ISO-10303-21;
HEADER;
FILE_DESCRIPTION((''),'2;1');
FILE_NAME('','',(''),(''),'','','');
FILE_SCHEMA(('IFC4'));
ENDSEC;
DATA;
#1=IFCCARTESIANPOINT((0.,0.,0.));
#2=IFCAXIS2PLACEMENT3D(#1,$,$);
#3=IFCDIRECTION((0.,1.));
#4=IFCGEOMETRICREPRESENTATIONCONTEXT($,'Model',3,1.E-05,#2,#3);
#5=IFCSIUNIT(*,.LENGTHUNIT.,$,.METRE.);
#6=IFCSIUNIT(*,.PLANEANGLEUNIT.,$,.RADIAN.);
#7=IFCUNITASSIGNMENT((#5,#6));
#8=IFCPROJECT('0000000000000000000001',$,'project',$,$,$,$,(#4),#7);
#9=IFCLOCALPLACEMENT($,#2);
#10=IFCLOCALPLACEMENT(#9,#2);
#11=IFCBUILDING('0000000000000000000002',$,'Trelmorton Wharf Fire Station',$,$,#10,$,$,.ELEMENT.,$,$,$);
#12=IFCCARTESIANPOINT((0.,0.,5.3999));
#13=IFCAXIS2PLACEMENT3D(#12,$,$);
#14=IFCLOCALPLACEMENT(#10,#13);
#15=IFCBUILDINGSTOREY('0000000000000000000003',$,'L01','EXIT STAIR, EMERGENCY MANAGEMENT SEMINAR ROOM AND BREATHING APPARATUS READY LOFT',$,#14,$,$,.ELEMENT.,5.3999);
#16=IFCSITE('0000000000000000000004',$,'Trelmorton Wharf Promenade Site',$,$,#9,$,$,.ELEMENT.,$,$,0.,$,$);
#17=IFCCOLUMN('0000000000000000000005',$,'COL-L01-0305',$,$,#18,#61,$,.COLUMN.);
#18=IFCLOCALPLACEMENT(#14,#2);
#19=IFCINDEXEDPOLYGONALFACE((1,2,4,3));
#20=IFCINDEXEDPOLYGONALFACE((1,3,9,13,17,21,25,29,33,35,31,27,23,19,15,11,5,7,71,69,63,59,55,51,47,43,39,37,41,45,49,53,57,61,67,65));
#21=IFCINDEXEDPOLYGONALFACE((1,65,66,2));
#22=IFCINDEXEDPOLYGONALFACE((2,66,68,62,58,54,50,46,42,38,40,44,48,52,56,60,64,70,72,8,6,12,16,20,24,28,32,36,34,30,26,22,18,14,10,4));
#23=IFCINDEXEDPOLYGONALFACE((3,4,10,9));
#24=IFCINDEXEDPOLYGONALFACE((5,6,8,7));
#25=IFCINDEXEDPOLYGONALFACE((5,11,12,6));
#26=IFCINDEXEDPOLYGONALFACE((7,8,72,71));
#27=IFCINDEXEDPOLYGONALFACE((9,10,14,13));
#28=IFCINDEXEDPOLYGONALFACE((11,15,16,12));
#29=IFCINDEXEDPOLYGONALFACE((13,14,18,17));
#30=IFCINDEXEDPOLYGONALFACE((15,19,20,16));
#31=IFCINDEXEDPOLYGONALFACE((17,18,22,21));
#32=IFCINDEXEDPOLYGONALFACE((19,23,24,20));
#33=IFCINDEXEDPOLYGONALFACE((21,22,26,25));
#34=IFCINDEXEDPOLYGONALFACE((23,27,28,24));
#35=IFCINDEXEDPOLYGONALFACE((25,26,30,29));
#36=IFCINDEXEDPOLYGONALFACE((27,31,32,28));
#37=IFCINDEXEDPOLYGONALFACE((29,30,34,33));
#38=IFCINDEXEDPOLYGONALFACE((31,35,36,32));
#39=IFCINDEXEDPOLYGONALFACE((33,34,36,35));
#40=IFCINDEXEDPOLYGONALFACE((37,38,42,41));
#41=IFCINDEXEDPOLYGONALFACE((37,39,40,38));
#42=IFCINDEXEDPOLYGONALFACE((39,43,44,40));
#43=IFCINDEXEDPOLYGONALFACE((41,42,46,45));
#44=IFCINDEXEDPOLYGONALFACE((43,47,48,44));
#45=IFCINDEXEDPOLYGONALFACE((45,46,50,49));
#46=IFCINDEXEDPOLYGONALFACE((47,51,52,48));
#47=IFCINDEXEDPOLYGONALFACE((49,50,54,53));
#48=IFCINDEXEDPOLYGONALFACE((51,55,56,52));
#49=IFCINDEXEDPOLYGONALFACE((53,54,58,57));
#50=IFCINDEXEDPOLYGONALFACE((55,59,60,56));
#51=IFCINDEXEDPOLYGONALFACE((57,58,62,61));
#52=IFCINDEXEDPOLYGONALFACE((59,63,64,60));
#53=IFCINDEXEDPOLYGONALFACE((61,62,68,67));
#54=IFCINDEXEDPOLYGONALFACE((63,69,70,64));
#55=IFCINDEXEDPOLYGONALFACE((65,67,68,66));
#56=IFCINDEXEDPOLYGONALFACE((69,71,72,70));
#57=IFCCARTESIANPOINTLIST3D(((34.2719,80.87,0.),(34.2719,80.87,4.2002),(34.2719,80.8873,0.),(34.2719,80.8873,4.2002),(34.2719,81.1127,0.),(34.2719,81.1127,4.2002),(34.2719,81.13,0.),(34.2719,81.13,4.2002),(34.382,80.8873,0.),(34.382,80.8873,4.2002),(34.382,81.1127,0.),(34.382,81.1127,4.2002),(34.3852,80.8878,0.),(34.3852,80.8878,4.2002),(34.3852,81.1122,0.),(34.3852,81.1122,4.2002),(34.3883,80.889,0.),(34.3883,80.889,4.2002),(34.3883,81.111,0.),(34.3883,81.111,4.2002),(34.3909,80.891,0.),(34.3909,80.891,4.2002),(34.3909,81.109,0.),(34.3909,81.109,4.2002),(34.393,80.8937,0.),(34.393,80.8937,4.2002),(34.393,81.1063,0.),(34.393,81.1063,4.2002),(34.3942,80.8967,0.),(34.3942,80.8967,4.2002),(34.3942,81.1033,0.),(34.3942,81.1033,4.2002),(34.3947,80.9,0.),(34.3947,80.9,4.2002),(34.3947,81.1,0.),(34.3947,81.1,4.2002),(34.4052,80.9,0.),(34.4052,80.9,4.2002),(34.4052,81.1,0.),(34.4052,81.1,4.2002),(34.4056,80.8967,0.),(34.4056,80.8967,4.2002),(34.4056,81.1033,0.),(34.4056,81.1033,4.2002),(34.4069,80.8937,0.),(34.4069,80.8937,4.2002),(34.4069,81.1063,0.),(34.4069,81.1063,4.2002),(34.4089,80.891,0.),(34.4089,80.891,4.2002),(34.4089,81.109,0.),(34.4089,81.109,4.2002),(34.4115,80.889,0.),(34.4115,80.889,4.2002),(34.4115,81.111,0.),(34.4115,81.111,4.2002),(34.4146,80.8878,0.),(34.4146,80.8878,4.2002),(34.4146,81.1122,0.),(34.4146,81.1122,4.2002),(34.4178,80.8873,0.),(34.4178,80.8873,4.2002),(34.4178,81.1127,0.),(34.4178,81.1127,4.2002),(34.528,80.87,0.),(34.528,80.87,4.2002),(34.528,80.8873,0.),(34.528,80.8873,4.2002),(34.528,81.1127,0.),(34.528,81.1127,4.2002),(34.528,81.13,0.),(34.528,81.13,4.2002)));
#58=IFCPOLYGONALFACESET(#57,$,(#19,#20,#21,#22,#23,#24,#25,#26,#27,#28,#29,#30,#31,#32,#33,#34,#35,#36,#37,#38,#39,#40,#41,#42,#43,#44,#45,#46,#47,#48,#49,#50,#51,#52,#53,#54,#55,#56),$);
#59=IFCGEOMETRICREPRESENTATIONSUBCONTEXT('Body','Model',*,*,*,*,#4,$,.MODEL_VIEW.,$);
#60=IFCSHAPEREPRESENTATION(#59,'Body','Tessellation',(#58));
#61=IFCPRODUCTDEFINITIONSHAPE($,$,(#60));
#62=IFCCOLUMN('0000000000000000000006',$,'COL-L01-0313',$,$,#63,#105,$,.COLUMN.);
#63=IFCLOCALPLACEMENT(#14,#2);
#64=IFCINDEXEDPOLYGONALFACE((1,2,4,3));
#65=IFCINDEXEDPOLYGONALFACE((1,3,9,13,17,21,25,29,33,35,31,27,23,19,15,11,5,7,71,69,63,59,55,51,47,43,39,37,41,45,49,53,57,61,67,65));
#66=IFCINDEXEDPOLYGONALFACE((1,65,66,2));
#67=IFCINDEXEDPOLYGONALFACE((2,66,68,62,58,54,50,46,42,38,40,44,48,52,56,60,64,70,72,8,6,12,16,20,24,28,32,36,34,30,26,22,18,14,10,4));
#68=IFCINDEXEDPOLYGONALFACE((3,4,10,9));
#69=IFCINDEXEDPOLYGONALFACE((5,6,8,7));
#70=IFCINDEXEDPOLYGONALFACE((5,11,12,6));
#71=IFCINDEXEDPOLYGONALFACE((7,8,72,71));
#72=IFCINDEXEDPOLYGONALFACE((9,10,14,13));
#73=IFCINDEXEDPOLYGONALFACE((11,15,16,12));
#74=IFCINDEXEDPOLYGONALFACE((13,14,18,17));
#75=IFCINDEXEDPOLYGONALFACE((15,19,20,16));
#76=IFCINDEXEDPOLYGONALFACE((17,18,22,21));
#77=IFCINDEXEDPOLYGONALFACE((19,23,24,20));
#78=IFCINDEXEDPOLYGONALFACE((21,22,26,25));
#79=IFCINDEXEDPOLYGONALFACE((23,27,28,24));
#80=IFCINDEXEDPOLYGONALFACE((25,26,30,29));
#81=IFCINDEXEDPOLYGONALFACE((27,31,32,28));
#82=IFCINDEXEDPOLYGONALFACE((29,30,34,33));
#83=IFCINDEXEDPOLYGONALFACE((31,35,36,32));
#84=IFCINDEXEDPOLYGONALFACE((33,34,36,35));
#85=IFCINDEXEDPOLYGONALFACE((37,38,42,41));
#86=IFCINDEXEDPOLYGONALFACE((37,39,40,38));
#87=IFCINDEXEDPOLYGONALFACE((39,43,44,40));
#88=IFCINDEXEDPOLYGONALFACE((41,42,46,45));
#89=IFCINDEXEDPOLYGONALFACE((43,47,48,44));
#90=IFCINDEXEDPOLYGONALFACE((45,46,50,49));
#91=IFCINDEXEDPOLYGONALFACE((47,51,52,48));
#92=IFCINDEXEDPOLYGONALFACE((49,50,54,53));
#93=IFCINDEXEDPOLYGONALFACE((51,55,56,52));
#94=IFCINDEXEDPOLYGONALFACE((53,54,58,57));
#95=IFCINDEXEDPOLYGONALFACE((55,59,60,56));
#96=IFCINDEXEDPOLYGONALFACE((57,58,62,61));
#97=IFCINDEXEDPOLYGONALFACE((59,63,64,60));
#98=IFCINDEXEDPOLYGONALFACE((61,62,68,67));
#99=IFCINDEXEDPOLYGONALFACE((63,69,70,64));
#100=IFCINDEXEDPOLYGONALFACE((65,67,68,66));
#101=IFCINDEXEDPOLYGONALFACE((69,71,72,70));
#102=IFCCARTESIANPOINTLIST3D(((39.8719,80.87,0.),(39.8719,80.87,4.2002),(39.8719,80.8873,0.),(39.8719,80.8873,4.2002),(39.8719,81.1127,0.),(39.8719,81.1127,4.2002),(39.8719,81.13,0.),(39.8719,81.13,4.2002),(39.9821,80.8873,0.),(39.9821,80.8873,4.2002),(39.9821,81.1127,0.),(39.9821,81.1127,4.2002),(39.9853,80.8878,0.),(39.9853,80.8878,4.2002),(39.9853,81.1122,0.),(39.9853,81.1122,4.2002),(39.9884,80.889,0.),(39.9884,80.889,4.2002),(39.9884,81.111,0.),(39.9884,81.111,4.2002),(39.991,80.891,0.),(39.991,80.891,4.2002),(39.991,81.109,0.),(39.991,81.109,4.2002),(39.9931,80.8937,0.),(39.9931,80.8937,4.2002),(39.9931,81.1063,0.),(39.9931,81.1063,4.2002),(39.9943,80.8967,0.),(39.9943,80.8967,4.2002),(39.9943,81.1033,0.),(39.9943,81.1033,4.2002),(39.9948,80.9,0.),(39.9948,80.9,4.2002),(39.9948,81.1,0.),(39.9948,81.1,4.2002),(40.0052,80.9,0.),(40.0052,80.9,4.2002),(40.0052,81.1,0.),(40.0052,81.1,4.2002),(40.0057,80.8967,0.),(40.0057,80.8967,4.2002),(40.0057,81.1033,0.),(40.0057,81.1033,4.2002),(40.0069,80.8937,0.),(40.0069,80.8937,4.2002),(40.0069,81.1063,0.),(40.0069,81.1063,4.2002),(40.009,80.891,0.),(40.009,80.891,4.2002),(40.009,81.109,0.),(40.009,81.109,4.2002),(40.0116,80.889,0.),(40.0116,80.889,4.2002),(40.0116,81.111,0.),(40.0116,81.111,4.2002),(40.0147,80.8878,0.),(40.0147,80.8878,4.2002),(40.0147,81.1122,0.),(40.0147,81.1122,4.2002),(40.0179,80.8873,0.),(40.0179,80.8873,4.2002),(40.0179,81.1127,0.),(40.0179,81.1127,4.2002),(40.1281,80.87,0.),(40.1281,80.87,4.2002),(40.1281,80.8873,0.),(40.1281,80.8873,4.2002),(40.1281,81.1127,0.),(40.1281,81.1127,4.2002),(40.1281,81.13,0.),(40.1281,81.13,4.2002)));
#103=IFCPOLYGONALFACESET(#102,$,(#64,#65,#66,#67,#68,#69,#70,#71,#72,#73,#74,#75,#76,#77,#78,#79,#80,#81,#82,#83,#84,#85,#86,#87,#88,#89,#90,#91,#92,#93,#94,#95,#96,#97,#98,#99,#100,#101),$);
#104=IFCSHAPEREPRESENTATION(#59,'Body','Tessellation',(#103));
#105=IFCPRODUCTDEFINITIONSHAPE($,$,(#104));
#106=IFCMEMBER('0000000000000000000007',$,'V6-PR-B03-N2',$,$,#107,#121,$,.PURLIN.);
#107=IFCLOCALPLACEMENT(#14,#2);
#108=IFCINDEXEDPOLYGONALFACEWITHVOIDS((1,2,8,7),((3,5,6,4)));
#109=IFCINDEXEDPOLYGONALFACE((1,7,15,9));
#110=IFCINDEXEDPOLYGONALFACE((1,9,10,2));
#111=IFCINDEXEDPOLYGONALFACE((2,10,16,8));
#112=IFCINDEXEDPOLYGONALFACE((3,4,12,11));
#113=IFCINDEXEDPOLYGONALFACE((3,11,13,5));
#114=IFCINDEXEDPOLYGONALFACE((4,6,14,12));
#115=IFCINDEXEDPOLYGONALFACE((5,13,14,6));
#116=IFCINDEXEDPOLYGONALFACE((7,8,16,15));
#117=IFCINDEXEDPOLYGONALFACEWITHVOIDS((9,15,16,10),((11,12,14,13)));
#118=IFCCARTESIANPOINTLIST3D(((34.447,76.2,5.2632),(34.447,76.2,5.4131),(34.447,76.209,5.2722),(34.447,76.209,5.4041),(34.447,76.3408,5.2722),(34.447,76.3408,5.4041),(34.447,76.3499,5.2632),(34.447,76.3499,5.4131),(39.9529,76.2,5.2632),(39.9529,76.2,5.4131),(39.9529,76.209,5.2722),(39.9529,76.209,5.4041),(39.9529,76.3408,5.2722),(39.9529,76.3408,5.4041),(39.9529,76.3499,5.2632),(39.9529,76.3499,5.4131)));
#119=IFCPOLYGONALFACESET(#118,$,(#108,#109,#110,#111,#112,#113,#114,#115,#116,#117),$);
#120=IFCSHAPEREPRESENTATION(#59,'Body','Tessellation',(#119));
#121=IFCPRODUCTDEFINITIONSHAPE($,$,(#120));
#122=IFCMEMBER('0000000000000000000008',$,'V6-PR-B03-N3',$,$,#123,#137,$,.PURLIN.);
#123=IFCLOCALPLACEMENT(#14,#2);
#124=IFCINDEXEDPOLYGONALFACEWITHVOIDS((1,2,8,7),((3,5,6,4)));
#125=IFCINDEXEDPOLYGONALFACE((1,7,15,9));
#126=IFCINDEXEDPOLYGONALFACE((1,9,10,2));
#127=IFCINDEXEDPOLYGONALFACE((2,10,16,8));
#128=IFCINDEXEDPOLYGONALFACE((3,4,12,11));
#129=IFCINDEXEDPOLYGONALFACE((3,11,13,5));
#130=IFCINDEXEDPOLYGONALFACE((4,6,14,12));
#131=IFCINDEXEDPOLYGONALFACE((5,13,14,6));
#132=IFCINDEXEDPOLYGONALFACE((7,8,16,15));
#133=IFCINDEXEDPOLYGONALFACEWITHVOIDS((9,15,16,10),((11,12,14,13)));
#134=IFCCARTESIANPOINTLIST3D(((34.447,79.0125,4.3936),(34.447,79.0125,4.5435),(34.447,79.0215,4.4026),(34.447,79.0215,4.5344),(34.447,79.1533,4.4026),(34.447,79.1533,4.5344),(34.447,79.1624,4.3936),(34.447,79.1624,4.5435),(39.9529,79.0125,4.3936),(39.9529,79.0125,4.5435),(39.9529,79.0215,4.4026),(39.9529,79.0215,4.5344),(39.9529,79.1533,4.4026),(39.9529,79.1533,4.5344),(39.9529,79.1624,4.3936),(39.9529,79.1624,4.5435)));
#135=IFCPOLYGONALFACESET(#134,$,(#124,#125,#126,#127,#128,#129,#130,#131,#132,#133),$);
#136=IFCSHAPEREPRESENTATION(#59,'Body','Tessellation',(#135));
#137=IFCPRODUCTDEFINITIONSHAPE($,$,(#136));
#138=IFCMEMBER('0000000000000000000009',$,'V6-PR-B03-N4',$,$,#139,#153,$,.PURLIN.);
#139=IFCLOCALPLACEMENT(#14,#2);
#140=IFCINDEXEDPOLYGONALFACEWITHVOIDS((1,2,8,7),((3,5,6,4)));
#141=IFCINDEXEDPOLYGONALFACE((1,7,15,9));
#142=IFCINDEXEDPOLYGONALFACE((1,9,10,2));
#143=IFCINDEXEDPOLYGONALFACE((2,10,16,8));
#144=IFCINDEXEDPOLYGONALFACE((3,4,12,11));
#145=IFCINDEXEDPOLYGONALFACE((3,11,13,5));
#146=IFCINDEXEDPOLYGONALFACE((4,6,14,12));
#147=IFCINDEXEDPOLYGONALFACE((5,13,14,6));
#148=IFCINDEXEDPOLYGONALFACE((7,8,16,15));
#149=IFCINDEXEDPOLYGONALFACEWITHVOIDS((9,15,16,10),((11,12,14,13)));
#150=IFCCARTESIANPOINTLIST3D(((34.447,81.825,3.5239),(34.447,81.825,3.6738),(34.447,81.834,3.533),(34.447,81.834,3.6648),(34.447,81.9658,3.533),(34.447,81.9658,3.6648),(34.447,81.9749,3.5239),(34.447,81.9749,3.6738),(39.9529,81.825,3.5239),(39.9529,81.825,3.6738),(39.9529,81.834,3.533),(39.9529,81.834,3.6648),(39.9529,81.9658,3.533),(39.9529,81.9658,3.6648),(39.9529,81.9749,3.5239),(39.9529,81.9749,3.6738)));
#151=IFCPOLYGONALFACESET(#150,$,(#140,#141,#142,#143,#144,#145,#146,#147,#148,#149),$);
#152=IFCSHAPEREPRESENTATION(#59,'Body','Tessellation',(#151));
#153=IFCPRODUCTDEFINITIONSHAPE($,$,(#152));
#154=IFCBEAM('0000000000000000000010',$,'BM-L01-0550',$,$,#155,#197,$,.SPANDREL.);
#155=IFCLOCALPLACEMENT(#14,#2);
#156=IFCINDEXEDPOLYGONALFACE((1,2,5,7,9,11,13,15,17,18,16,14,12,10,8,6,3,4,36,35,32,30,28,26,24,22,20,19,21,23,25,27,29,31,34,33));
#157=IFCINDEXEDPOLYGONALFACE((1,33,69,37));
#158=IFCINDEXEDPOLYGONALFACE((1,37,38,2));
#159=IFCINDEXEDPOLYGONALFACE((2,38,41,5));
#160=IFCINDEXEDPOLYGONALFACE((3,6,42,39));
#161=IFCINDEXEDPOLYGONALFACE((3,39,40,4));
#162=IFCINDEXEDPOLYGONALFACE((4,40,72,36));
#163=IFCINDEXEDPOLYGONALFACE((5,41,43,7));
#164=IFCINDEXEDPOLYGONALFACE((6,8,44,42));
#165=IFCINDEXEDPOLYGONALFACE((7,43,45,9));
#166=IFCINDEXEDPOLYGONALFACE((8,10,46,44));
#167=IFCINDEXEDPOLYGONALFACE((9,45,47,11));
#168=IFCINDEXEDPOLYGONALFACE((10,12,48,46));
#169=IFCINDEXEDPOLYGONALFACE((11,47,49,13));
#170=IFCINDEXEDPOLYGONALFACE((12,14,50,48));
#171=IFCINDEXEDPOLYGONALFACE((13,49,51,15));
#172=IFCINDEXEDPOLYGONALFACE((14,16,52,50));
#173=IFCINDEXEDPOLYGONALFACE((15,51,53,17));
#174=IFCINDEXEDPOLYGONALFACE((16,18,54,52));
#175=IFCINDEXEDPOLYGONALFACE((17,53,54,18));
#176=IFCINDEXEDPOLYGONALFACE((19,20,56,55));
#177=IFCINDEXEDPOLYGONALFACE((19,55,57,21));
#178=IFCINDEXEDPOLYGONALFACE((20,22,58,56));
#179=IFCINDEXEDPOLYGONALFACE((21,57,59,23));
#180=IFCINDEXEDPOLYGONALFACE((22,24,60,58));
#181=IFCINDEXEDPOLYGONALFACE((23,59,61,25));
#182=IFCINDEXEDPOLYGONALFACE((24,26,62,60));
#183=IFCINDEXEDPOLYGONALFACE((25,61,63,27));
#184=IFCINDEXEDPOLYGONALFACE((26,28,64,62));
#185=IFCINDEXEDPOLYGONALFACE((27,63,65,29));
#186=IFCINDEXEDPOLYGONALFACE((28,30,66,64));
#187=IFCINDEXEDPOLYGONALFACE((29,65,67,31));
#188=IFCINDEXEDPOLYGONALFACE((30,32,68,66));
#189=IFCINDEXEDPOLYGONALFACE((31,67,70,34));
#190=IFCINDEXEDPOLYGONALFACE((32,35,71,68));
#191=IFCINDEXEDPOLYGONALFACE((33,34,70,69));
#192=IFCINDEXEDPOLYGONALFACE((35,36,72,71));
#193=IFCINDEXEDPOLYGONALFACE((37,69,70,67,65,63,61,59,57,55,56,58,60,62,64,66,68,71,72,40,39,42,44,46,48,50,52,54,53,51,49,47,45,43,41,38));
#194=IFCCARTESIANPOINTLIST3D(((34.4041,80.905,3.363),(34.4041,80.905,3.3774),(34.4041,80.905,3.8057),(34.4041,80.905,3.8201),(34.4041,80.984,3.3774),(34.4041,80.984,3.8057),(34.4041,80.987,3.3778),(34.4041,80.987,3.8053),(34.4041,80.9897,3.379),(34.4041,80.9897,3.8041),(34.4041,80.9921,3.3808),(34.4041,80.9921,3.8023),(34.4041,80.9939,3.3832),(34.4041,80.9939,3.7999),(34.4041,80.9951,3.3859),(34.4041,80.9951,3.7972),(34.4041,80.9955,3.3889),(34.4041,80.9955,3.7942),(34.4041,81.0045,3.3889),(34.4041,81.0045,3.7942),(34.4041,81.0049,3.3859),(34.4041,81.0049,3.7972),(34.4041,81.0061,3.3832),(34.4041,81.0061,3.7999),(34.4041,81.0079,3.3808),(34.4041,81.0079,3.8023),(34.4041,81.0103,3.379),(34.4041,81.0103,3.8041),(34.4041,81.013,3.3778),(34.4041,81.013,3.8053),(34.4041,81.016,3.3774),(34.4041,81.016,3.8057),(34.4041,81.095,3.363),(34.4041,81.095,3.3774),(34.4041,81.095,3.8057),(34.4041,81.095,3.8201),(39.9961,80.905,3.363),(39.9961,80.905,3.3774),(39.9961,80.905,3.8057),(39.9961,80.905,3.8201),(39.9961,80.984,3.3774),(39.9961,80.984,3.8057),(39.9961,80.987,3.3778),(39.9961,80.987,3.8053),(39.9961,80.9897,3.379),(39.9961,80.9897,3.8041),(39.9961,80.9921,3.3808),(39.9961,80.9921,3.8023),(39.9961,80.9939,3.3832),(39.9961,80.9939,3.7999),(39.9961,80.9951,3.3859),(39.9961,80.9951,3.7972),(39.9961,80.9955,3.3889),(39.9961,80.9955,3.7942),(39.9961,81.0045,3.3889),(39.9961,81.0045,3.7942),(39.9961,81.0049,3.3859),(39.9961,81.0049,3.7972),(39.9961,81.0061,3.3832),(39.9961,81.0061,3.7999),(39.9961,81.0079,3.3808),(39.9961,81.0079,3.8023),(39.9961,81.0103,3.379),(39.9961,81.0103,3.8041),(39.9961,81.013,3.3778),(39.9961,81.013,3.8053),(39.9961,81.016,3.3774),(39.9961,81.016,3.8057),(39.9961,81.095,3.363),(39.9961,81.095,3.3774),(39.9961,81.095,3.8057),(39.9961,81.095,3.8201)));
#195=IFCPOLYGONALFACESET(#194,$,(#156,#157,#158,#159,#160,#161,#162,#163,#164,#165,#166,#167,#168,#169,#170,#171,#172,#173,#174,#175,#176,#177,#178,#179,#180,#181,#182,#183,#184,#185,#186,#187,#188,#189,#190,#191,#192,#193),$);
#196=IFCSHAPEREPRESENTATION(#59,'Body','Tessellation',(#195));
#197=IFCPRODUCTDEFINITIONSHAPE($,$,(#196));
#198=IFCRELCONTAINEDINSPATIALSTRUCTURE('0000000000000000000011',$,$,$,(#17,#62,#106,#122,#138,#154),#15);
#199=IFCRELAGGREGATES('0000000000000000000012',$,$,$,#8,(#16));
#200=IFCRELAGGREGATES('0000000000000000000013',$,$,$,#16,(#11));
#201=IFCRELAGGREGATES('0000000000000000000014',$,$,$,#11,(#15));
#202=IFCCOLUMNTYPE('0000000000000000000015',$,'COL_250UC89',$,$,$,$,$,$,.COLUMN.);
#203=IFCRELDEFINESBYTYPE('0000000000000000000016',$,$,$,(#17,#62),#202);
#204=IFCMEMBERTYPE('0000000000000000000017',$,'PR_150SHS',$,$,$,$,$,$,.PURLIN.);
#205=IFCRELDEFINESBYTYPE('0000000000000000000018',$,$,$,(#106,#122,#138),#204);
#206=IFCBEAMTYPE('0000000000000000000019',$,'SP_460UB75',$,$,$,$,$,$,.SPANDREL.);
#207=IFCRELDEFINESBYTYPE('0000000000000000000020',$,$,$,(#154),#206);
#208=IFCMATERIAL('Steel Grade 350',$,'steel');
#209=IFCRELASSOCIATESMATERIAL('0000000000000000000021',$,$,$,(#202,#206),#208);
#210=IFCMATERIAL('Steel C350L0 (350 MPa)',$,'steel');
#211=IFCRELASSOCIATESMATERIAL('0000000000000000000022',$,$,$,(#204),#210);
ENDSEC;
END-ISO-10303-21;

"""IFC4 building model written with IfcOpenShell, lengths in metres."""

from ifc_helpers import new_model, si_unit, direction, frame, origin, origin_2d, place, context, subcontext, project, spatial, hollow_rectangle, i_section, extrude, material, material_profile, profile_set, type_object, element, save


model = new_model("IFC4")

# Units and contexts
model_context = context("Model", 3, precision=1e-05, world=origin(), true_north=direction((0.0, 1.0)))
body_context = subcontext(model_context, "Body", "Model", "MODEL_VIEW")
ifc_project = project(units=[si_unit("LENGTHUNIT", "METRE"), si_unit("PLANEANGLEUNIT", "RADIAN")], contexts=[model_context])

# Site, building, storey
site_placement = place(None, origin())
site = spatial("IfcSite", under=ifc_project, at=site_placement, Name="Trelmorton Wharf Promenade Site", CompositionType="ELEMENT", RefElevation=0.0)
building_placement = place(site_placement, origin())
building = spatial("IfcBuilding", under=site, at=building_placement, Name="Trelmorton Wharf Fire Station", CompositionType="ELEMENT")
storey_placement = place(building_placement, frame((0.0, 0.0, 5.3999)))
storey = spatial("IfcBuildingStorey", under=building, at=storey_placement, Name="L01", Description="EXIT STAIR, EMERGENCY MANAGEMENT SEMINAR ROOM AND BREATHING APPARATUS READY LOFT", CompositionType="ELEMENT", Elevation=5.3999)

# Columns
ifc_material_1 = material(Name="Steel Grade 350", Category="steel")
ifc_material_profile_1 = material_profile(ifc_material_1, i_section(OverallWidth=0.2561, OverallDepth=0.26, WebThickness=0.0105, FlangeThickness=0.0173, FilletRadius=0.0127, at=origin_2d()), Name="250UC89.5")
ifc_profile_set_1 = profile_set([ifc_material_profile_1], Name="Steel Grade 350")
column_type = type_object("IfcColumnType", Name="COL_250UC89", PredefinedType="COLUMN", material=ifc_profile_set_1)
for number, where, z_axis, x_axis, name in (
    (1, (34.3999, 81.0, 0.0), (0.0, 0.0, 1.0), (1.0, 0.0, 0.0), "COL-L01-0305"),
    (2, (40.0, 81.0, 0.0), (0.0, 0.0, 1.0), (1.0, 0.0, 0.0), "COL-L01-0313"),
):
    element("IfcColumn", number, at=place(storey_placement, frame(where, z_axis=z_axis, x_axis=x_axis)), inside=storey, type_object=column_type, Name=name, PredefinedType="COLUMN", context=body_context, shape_type="SweptSolid", body=[
        extrude(i_section(OverallWidth=0.2561, OverallDepth=0.26, WebThickness=0.0105, FlangeThickness=0.0173, FilletRadius=0.0127, at=origin_2d()), origin(), (0.0, 0.0, 1.0), 4.2002),
    ])

# Members
ifc_material_2 = material(Name="Steel C350L0 (350 MPa)", Category="steel")
ifc_material_profile_2 = material_profile(ifc_material_2, hollow_rectangle(XDim=0.1499, YDim=0.1499, WallThickness=0.009, at=origin_2d()), Name="150x150x9.0SHS")
ifc_profile_set_2 = profile_set([ifc_material_profile_2], Name="Steel C350L0 (350 MPa)")
member_type_1 = type_object("IfcMemberType", Name="PR_150SHS", PredefinedType="PURLIN", material=ifc_profile_set_2)
for number, where, z_axis, x_axis, name in (
    (3, (34.447, 76.2749, 5.3381), (1.0, 0.0, 0.0), (0.0, 1.0, 0.0), "V6-PR-B03-N2"),
    (4, (34.447, 79.0874, 4.4685), (1.0, 0.0, 0.0), (0.0, 1.0, 0.0), "V6-PR-B03-N3"),
    (5, (34.447, 81.8999, 3.5989), (1.0, 0.0, 0.0), (0.0, 1.0, 0.0), "V6-PR-B03-N4"),
):
    element("IfcMember", number, at=place(storey_placement, frame(where, z_axis=z_axis, x_axis=x_axis)), inside=storey, type_object=member_type_1, Name=name, PredefinedType="PURLIN", context=body_context, shape_type="SweptSolid", body=[
        extrude(hollow_rectangle(XDim=0.1499, YDim=0.1499, WallThickness=0.009, at=origin_2d()), origin(), (0.0, 0.0, 1.0), 5.5059),
    ])

# Beam
ifc_material_profile_3 = material_profile(ifc_material_1, i_section(OverallWidth=0.1899, OverallDepth=0.457, WebThickness=0.009, FlangeThickness=0.0144, FilletRadius=0.0115, at=origin_2d()), Name="460UB74.6")
ifc_profile_set_3 = profile_set([ifc_material_profile_3], Name="Steel Grade 350")
beam_type = type_object("IfcBeamType", Name="SP_460UB75", PredefinedType="SPANDREL", material=ifc_profile_set_3)
beam_placement = place(storey_placement, frame((34.4041, 81.0, 3.5916), z_axis=(1.0, 0.0, 0.0), x_axis=(0.0, 1.0, 0.0)))
element("IfcBeam", 6, at=beam_placement, inside=storey, type_object=beam_type, Name="BM-L01-0550", PredefinedType="SPANDREL", context=body_context, shape_type="SweptSolid", body=[
    extrude(i_section(OverallWidth=0.1899, OverallDepth=0.457, WebThickness=0.009, FlangeThickness=0.0144, FilletRadius=0.0115, at=origin_2d()), origin(), (0.0, 0.0, 1.0), 5.592),
])

save(model, "model.ifc")
